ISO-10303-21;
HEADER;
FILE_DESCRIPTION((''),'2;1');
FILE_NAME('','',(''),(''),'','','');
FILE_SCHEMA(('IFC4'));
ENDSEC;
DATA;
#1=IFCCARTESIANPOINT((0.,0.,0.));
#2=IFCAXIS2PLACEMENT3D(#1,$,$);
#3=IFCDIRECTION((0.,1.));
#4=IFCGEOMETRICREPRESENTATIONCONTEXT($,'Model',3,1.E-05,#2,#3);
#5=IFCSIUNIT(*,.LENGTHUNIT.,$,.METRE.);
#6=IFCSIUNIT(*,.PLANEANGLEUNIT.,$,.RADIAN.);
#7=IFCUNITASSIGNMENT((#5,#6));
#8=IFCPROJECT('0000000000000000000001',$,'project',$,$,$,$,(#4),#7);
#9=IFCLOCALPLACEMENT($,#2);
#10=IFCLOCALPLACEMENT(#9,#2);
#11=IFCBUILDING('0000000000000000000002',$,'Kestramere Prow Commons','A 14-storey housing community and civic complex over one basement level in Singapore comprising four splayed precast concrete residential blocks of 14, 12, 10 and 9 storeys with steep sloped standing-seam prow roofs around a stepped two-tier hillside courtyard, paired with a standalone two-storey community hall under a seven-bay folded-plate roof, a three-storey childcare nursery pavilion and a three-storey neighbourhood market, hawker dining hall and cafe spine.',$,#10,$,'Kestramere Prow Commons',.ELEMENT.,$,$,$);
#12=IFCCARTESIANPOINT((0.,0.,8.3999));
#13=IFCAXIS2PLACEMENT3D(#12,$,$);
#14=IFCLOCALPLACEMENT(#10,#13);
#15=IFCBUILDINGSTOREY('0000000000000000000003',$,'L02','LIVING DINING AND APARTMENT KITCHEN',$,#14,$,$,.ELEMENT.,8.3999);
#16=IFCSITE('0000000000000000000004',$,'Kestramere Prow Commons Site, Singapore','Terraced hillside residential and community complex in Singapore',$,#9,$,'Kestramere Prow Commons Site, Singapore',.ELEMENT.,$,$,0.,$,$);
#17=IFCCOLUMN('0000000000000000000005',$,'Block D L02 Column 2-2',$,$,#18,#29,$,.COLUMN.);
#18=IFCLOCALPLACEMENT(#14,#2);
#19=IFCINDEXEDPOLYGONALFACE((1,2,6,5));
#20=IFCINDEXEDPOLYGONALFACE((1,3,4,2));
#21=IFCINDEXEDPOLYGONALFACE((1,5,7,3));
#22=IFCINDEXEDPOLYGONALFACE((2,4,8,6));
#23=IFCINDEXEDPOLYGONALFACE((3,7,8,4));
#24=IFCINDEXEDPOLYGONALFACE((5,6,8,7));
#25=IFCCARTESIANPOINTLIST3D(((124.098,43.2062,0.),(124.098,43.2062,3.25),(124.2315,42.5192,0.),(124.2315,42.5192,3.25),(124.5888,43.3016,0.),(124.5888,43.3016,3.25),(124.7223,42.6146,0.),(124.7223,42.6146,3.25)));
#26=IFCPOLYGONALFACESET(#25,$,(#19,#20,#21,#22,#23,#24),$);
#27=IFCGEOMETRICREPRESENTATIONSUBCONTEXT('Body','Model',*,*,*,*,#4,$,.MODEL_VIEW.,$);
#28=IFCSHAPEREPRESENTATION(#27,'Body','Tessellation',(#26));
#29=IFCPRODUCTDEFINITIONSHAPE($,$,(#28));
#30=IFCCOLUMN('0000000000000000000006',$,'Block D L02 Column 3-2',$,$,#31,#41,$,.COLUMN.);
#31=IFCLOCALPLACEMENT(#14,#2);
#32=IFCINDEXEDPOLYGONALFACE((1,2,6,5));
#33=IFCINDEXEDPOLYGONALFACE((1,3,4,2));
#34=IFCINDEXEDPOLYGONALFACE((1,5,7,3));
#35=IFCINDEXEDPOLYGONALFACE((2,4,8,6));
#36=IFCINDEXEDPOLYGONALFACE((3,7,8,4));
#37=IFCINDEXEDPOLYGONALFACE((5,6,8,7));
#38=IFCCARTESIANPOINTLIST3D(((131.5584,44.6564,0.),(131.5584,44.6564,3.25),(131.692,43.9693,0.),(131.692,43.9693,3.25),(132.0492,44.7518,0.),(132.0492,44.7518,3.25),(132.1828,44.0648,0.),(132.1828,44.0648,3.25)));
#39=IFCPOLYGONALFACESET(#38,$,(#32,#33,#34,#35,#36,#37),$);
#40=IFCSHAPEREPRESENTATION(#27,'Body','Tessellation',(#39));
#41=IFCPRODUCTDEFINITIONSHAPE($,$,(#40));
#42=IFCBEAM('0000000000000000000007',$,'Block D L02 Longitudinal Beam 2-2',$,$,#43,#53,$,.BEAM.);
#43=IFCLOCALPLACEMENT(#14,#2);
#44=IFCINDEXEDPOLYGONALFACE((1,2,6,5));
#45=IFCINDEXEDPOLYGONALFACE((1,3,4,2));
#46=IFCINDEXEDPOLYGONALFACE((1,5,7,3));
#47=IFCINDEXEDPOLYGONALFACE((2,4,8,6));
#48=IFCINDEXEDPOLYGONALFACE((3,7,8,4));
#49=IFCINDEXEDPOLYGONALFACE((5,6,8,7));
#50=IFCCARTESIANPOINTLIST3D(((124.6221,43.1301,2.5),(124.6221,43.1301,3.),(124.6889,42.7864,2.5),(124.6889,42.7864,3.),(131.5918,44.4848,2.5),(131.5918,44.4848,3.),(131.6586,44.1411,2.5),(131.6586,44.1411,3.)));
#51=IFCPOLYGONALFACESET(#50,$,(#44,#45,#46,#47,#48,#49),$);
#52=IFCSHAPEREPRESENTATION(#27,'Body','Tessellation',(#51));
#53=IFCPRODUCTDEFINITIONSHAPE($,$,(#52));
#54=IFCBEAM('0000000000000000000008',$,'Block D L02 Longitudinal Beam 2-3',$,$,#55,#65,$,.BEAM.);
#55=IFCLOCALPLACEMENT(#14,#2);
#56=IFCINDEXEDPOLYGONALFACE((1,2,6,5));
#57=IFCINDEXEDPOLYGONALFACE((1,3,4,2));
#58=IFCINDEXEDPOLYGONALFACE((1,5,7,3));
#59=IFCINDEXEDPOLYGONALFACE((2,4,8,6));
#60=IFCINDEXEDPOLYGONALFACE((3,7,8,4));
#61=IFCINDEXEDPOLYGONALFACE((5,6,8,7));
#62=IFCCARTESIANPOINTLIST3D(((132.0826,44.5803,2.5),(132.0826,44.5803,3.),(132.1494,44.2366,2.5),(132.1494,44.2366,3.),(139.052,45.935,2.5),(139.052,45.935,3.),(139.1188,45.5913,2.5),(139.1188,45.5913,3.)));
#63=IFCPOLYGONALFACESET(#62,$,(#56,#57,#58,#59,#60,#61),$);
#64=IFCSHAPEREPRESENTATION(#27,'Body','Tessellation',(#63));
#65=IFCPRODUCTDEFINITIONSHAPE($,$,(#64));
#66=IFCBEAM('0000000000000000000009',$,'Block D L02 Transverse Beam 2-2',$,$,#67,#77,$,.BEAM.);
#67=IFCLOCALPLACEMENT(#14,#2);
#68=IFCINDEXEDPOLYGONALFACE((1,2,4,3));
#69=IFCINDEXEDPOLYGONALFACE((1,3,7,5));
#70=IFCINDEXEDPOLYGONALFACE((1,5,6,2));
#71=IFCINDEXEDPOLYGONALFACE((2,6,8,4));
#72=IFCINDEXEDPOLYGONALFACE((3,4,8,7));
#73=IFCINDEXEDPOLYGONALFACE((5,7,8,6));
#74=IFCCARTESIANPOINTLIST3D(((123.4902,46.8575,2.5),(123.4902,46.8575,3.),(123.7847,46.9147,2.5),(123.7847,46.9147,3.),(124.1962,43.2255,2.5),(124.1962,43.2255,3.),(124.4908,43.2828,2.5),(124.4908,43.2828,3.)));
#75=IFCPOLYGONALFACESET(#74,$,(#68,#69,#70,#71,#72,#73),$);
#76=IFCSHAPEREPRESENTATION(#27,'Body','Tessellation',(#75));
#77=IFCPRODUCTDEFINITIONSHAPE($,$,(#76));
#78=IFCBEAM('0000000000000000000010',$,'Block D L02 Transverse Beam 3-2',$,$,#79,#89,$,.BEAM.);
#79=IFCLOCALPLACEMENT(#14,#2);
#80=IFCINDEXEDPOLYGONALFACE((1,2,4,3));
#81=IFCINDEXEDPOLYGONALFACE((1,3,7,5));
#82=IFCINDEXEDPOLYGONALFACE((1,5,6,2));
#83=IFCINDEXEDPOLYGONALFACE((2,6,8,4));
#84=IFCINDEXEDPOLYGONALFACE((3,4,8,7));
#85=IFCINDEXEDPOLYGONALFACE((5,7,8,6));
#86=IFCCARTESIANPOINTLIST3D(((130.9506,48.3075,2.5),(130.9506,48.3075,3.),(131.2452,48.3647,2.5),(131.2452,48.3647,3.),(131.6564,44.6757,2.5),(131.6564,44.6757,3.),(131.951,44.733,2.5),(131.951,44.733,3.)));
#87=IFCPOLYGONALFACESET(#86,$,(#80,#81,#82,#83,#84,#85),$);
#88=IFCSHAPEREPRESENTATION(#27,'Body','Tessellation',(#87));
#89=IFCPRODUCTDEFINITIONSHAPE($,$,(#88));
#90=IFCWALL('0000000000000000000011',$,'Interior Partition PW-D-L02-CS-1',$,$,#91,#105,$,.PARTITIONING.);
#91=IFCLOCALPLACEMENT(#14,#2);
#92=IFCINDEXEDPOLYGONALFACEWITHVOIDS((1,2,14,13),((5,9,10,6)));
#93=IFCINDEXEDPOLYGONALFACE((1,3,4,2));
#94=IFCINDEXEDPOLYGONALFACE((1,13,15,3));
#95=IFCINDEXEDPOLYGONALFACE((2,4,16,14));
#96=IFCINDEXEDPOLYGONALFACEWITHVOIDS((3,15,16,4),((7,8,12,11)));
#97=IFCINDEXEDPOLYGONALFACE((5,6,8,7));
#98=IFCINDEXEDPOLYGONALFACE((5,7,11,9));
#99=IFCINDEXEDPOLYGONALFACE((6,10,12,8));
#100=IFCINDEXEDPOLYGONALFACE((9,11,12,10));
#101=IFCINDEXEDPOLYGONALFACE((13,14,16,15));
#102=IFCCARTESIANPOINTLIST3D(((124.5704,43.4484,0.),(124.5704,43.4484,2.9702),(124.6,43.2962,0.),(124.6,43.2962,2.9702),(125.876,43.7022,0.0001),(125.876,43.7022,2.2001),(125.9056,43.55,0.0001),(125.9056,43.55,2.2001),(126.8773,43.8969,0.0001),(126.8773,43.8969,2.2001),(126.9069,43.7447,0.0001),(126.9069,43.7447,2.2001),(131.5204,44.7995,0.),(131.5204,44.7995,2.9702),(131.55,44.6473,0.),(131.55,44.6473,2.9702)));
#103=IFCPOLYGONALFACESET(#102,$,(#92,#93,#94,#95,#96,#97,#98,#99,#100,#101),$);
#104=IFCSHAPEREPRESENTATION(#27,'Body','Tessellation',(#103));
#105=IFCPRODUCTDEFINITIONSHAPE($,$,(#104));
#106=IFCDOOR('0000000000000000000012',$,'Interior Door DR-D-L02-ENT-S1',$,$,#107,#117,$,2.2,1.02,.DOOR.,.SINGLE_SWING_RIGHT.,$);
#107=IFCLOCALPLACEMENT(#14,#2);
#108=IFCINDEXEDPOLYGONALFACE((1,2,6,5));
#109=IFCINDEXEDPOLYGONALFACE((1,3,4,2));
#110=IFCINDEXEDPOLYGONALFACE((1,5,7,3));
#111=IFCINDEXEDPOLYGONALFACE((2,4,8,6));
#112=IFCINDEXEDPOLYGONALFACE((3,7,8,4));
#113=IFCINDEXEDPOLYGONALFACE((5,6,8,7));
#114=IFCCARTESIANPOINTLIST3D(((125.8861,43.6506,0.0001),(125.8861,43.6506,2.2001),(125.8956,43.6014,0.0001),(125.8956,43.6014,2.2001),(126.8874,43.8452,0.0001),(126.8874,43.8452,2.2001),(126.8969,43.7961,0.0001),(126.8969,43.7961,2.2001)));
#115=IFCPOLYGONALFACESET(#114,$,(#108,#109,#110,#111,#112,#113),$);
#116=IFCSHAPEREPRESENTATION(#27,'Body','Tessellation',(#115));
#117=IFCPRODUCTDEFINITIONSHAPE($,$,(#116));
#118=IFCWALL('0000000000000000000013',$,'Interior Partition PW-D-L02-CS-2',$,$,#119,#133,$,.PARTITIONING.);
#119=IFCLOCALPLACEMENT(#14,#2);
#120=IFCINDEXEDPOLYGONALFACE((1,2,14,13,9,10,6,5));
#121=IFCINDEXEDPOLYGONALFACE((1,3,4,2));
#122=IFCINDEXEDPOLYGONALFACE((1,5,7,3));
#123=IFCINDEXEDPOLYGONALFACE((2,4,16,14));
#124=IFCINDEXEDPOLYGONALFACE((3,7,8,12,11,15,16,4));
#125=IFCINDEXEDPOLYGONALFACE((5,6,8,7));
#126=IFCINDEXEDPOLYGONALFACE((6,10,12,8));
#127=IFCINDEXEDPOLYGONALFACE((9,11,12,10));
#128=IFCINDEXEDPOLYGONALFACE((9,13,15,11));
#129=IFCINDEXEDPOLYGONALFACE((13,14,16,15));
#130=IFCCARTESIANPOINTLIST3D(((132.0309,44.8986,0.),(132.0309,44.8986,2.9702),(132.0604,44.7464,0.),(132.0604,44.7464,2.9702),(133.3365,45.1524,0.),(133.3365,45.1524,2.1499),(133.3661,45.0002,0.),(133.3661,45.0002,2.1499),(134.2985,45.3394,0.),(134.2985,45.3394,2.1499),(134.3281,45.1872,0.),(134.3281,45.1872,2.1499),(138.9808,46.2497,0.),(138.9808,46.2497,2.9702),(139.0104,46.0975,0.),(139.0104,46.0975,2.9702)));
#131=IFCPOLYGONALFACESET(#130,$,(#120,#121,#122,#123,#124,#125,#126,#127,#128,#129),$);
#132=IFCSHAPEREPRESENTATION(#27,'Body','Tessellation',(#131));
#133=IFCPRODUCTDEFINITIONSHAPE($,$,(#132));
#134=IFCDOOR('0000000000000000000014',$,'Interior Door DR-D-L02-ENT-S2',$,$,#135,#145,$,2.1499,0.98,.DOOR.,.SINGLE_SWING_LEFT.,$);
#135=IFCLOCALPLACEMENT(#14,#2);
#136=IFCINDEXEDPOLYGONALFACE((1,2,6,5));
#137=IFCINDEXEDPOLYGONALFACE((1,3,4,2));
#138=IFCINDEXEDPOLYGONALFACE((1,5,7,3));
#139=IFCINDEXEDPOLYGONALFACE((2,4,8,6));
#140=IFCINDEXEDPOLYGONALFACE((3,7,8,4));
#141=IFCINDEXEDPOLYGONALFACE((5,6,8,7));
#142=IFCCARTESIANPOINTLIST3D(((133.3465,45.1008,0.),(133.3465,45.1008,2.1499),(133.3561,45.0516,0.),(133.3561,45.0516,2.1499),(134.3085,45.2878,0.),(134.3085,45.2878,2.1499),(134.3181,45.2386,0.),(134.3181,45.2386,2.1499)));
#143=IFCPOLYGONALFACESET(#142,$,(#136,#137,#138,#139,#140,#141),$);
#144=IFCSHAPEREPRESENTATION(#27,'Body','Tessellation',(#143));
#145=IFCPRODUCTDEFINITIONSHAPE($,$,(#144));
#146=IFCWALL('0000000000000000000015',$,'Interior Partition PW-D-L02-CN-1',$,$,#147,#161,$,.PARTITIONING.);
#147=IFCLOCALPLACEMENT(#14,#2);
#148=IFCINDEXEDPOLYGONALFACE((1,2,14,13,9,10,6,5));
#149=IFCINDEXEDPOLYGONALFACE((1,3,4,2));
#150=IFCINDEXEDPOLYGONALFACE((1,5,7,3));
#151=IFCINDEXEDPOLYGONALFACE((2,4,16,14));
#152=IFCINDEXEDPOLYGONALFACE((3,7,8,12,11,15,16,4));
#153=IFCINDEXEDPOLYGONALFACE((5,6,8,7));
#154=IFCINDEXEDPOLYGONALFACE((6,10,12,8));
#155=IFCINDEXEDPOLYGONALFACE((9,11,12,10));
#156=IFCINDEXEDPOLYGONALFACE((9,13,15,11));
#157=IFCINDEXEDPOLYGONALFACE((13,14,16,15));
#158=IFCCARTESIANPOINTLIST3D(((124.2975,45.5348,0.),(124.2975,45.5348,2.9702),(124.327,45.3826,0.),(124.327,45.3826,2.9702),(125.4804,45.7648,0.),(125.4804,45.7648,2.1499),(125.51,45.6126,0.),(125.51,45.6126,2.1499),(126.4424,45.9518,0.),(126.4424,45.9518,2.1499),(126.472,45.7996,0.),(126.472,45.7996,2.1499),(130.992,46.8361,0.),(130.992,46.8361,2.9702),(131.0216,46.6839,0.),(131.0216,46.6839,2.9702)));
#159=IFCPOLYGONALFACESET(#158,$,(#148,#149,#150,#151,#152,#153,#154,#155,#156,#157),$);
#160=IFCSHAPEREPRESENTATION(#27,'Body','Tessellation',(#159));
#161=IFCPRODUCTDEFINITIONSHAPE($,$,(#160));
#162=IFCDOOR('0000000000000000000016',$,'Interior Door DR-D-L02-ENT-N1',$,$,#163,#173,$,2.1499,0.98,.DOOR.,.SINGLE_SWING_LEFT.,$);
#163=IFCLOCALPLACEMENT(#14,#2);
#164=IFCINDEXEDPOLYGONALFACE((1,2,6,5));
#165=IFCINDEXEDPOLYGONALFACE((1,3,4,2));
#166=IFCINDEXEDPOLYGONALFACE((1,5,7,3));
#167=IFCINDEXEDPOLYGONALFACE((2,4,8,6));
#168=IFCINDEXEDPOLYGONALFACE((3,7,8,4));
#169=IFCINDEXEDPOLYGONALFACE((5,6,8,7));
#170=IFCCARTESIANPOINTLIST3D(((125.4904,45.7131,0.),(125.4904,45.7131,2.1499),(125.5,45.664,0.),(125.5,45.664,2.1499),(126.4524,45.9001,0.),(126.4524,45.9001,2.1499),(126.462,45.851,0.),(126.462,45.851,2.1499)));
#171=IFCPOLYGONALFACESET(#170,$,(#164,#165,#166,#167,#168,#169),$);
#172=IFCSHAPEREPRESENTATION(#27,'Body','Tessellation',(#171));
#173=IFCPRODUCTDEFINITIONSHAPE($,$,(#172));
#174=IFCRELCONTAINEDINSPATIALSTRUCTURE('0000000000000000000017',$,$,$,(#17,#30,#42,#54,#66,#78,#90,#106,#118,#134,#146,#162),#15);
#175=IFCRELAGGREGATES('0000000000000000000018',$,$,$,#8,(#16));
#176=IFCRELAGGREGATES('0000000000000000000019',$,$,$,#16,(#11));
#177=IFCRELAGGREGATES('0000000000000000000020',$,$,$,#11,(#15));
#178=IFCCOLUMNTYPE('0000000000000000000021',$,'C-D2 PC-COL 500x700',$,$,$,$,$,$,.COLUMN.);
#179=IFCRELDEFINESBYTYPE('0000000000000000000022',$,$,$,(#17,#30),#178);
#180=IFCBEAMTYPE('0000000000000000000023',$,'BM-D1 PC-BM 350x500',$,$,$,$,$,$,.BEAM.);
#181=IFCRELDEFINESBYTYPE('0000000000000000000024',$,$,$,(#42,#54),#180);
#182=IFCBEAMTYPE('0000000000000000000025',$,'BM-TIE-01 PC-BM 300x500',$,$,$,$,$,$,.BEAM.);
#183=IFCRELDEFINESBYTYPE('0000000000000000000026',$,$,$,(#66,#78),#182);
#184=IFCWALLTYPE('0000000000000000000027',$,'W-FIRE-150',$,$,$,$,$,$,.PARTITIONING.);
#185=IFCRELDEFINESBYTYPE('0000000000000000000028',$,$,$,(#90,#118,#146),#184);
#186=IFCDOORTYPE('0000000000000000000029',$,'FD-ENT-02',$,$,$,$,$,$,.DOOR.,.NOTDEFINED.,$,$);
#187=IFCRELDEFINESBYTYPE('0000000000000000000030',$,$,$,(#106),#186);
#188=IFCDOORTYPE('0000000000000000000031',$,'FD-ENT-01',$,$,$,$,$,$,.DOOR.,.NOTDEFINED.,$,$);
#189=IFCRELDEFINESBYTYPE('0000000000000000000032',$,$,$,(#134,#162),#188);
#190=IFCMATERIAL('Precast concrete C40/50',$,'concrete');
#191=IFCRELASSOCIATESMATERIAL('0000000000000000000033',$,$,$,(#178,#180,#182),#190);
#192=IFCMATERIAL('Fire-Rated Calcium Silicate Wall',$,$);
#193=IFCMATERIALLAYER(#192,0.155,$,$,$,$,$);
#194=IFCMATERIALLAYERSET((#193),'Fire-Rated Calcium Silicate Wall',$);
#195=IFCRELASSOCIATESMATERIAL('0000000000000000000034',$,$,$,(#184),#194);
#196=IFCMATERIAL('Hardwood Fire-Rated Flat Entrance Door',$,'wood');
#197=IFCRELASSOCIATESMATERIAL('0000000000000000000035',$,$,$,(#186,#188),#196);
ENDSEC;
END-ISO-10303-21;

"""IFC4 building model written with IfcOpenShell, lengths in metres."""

from ifc_helpers import new_model, si_unit, direction, frame, frame_2d, origin, origin_2d, place, context, subcontext, project, spatial, rectangle, extrude, material, layer, layer_set, material_profile, profile_set, type_object, element, fill, save


model = new_model("IFC4")

# Units and contexts
model_context = context("Model", 3, precision=1e-05, world=origin(), true_north=direction((0.0, 1.0)))
body_context = subcontext(model_context, "Body", "Model", "MODEL_VIEW")
ifc_project = project(units=[si_unit("LENGTHUNIT", "METRE"), si_unit("PLANEANGLEUNIT", "RADIAN")], contexts=[model_context])

# Site, building, storey
site_placement = place(None, origin())
site = spatial("IfcSite", under=ifc_project, at=site_placement, Name="Kestramere Prow Commons Site, Singapore", Description="Terraced hillside residential and community complex in Singapore", LongName="Kestramere Prow Commons Site, Singapore", CompositionType="ELEMENT", RefElevation=0.0)
building_placement = place(site_placement, origin())
building = spatial("IfcBuilding", under=site, at=building_placement, Name="Kestramere Prow Commons", Description="A 14-storey housing community and civic complex over one basement level in Singapore comprising four splayed precast concrete residential blocks of 14, 12, 10 and 9 storeys with steep sloped standing-seam prow roofs around a stepped two-tier hillside courtyard, paired with a standalone two-storey community hall under a seven-bay folded-plate roof, a three-storey childcare nursery pavilion and a three-storey neighbourhood market, hawker dining hall and cafe spine.", LongName="Kestramere Prow Commons", CompositionType="ELEMENT")
storey_placement = place(building_placement, frame((0.0, 0.0, 8.3999)))
storey = spatial("IfcBuildingStorey", under=building, at=storey_placement, Name="L02", Description="LIVING DINING AND APARTMENT KITCHEN", CompositionType="ELEMENT", Elevation=8.3999)

# Columns
ifc_material_1 = material(Name="Precast concrete C40/50", Category="concrete")
ifc_material_profile_1 = material_profile(ifc_material_1, rectangle(XDim=0.5, YDim=0.7, at=origin_2d()), Name="PC-COL 500x700")
ifc_profile_set_1 = profile_set([ifc_material_profile_1], Name="Precast concrete C40/50")
column_type = type_object("IfcColumnType", Name="C-D2 PC-COL 500x700", PredefinedType="COLUMN", material=ifc_profile_set_1)
for number, where, z_axis, x_axis, name in (
    (1, (124.4102, 42.9104, 0.0), (0.0, 0.0, 1.0), (0.981627, 0.190809, 0.0), "Block D L02 Column 2-2"),
    (2, (131.8706, 44.3606, 0.0), (0.0, 0.0, 1.0), (0.981627, 0.190809, 0.0), "Block D L02 Column 3-2"),
):
    element("IfcColumn", number, at=place(storey_placement, frame(where, z_axis=z_axis, x_axis=x_axis)), inside=storey, type_object=column_type, Name=name, PredefinedType="COLUMN", context=body_context, shape_type="SweptSolid", body=[
        extrude(rectangle(XDim=0.5, YDim=0.7, at=origin_2d()), origin(), (0.0, 0.0, 1.0), 3.25),
    ])

# Beams
ifc_material_profile_2 = material_profile(ifc_material_1, rectangle(XDim=0.3501, YDim=0.5, at=origin_2d()), Name="PC-BM 350x500")
ifc_profile_set_2 = profile_set([ifc_material_profile_2], Name="Precast concrete C40/50")
beam_type_1 = type_object("IfcBeamType", Name="BM-D1 PC-BM 350x500", PredefinedType="BEAM", material=ifc_profile_set_2)
beam_1_placement = place(storey_placement, frame((124.6555, 42.9583, 2.75), z_axis=(0.981628, 0.190803, 0.0), x_axis=(-0.190803, 0.981628, 0.0)))
element("IfcBeam", 3, at=beam_1_placement, inside=storey, type_object=beam_type_1, Name="Block D L02 Longitudinal Beam 2-2", PredefinedType="BEAM", context=body_context, shape_type="SweptSolid", body=[
    extrude(rectangle(XDim=0.3501, YDim=0.5, at=origin_2d()), origin(), (0.0, 0.0, 1.0), 7.1001),
])
beam_2_placement = place(storey_placement, frame((132.116, 44.4084, 2.75), z_axis=(0.981627, 0.19081, 0.0), x_axis=(-0.19081, 0.981627, 0.0)))
element("IfcBeam", 4, at=beam_2_placement, inside=storey, type_object=beam_type_1, Name="Block D L02 Longitudinal Beam 2-3", PredefinedType="BEAM", context=body_context, shape_type="SweptSolid", body=[
    extrude(rectangle(XDim=0.3501, YDim=0.5, at=origin_2d()), origin(), (0.0, 0.0, 1.0), 7.0999),
])
ifc_material_profile_3 = material_profile(ifc_material_1, rectangle(XDim=0.3, YDim=0.5, at=origin_2d()), Name="PC-BM 300x500")
ifc_profile_set_3 = profile_set([ifc_material_profile_3], Name="Precast concrete C40/50")
beam_type_2 = type_object("IfcBeamType", Name="BM-TIE-01 PC-BM 300x500", PredefinedType="BEAM", material=ifc_profile_set_3)
beam_3_placement = place(storey_placement, frame((124.3435, 43.2542, 2.75), z_axis=(-0.190834, 0.981622, 0.0), x_axis=(-0.981622, -0.190834, 0.0)))
element("IfcBeam", 5, at=beam_3_placement, inside=storey, type_object=beam_type_2, Name="Block D L02 Transverse Beam 2-2", PredefinedType="BEAM", context=body_context, shape_type="SweptSolid", body=[
    extrude(rectangle(XDim=0.3, YDim=0.5, at=origin_2d()), origin(), (0.0, 0.0, 1.0), 3.7),
])
beam_4_placement = place(storey_placement, frame((131.8037, 44.7043, 2.75), z_axis=(-0.190771, 0.981635, 0.0), x_axis=(-0.981635, -0.190771, 0.0)))
element("IfcBeam", 6, at=beam_4_placement, inside=storey, type_object=beam_type_2, Name="Block D L02 Transverse Beam 3-2", PredefinedType="BEAM", context=body_context, shape_type="SweptSolid", body=[
    extrude(rectangle(XDim=0.3, YDim=0.5, at=origin_2d()), origin(), (0.0, 0.0, 1.0), 3.6997),
])

# Walls, openings, doors
ifc_material_2 = material(Name="Fire-Rated Calcium Silicate Wall")
ifc_layer_1 = layer(ifc_material_2, 0.155)
ifc_layer_set_1 = layer_set([ifc_layer_1], Name="Fire-Rated Calcium Silicate Wall")
wall_type_1 = type_object("IfcWallType", Name="W-FIRE-150", PredefinedType="PARTITIONING", material=ifc_layer_set_1)
wall_1_placement = place(storey_placement, frame((124.5852, 43.3723, 0.0), z_axis=(0.0, 0.0, 1.0), x_axis=(0.981623, 0.190828, 0.0)))
wall_1 = element("IfcWall", 7, at=wall_1_placement, inside=storey, type_object=wall_type_1, Name="Interior Partition PW-D-L02-CS-1", PredefinedType="PARTITIONING", context=body_context, shape_type="SweptSolid", body=[
    extrude(rectangle(XDim=7.0801, YDim=0.155, at=frame_2d((3.54, 0.0))), origin(), (0.0, 0.0, 1.0), 2.9702),
])
opening_1_placement = place(wall_1_placement, frame((1.3301, 0.0, 0.0)))
opening_1 = element("IfcOpeningElement", 8, at=opening_1_placement, cuts=wall_1, PredefinedType="OPENING", context=body_context, shape_type="SweptSolid", body=[
    extrude(rectangle(XDim=1.02, YDim=2.2, at=frame_2d((0.51, 1.1001))), frame((0.0, 0.0925, 0.0), z_axis=(0.0, -1.0, 0.0), x_axis=(1.0, 0.0, 0.0)), (0.0, 0.0, 1.0), 0.1851),
])
ifc_material_3 = material(Name="Hardwood Fire-Rated Flat Entrance Door", Category="wood")
door_type_1 = type_object("IfcDoorType", Name="FD-ENT-02", OperationType="NOTDEFINED", PredefinedType="DOOR", material=ifc_material_3)
door_1_placement = place(opening_1_placement, origin())
door_1 = element("IfcDoor", 9, at=door_1_placement, inside=storey, type_object=door_type_1, Name="Interior Door DR-D-L02-ENT-S1", OperationType="SINGLE_SWING_RIGHT", OverallHeight=2.2, OverallWidth=1.02, PredefinedType="DOOR", context=body_context, shape_type="SweptSolid", body=[
    extrude(rectangle(XDim=1.02, YDim=2.2, at=frame_2d((0.51, 1.1001))), frame((0.0, 0.0249, 0.0), z_axis=(0.0, -1.0, 0.0), x_axis=(1.0, 0.0, 0.0)), (0.0, 0.0, 1.0), 0.05),
])
fill(opening_1, door_1)
wall_2_placement = place(storey_placement, frame((132.0457, 44.8225, 0.0), z_axis=(0.0, 0.0, 1.0), x_axis=(0.981623, 0.190828, 0.0)))
wall_2 = element("IfcWall", 10, at=wall_2_placement, inside=storey, type_object=wall_type_1, Name="Interior Partition PW-D-L02-CS-2", PredefinedType="PARTITIONING", context=body_context, shape_type="SweptSolid", body=[
    extrude(rectangle(XDim=7.0801, YDim=0.155, at=frame_2d((3.54, 0.0))), origin(), (0.0, 0.0, 1.0), 2.9702),
])
opening_2_placement = place(wall_2_placement, frame((1.3301, 0.0, 0.0)))
opening_2 = element("IfcOpeningElement", 11, at=opening_2_placement, cuts=wall_2, PredefinedType="OPENING", context=body_context, shape_type="SweptSolid", body=[
    extrude(rectangle(XDim=0.98, YDim=2.1499, at=frame_2d((0.49, 1.075))), frame((0.0, 0.0925, 0.0), z_axis=(0.0, -1.0, 0.0), x_axis=(1.0, 0.0, 0.0)), (0.0, 0.0, 1.0), 0.1851),
])
door_type_2 = type_object("IfcDoorType", Name="FD-ENT-01", OperationType="NOTDEFINED", PredefinedType="DOOR", material=ifc_material_3)
door_2_placement = place(opening_2_placement, origin())
door_2 = element("IfcDoor", 12, at=door_2_placement, inside=storey, type_object=door_type_2, Name="Interior Door DR-D-L02-ENT-S2", OperationType="SINGLE_SWING_LEFT", OverallHeight=2.1499, OverallWidth=0.98, PredefinedType="DOOR", context=body_context, shape_type="SweptSolid", body=[
    extrude(rectangle(XDim=0.98, YDim=2.1499, at=frame_2d((0.49, 1.075))), frame((0.0, 0.0249, 0.0), z_axis=(0.0, -1.0, 0.0), x_axis=(1.0, 0.0, 0.0)), (0.0, 0.0, 1.0), 0.05),
])
fill(opening_2, door_2)
wall_3_placement = place(storey_placement, frame((124.3123, 45.4587, 0.0), z_axis=(0.0, 0.0, 1.0), x_axis=(0.981628, 0.190805, 0.0)))
wall_3 = element("IfcWall", 13, at=wall_3_placement, inside=storey, type_object=wall_type_1, Name="Interior Partition PW-D-L02-CN-1", PredefinedType="PARTITIONING", context=body_context, shape_type="SweptSolid", body=[
    extrude(rectangle(XDim=6.8198, YDim=0.155, at=frame_2d((3.4099, 0.0))), origin(), (0.0, 0.0, 1.0), 2.9702),
])
opening_3_placement = place(wall_3_placement, frame((1.2051, 0.0, 0.0)))
opening_3 = element("IfcOpeningElement", 14, at=opening_3_placement, cuts=wall_3, PredefinedType="OPENING", context=body_context, shape_type="SweptSolid", body=[
    extrude(rectangle(XDim=0.98, YDim=2.1499, at=frame_2d((0.49, 1.075))), frame((0.0, 0.0925, 0.0), z_axis=(0.0, -1.0, 0.0), x_axis=(1.0, 0.0, 0.0)), (0.0, 0.0, 1.0), 0.1851),
])
door_3_placement = place(opening_3_placement, origin())
door_3 = element("IfcDoor", 15, at=door_3_placement, inside=storey, type_object=door_type_2, Name="Interior Door DR-D-L02-ENT-N1", OperationType="SINGLE_SWING_LEFT", OverallHeight=2.1499, OverallWidth=0.98, PredefinedType="DOOR", context=body_context, shape_type="SweptSolid", body=[
    extrude(rectangle(XDim=0.98, YDim=2.1499, at=frame_2d((0.49, 1.075))), frame((0.0, 0.0249, 0.0), z_axis=(0.0, -1.0, 0.0), x_axis=(1.0, 0.0, 0.0)), (0.0, 0.0, 1.0), 0.05),
])
fill(opening_3, door_3)

save(model, "model.ifc")
